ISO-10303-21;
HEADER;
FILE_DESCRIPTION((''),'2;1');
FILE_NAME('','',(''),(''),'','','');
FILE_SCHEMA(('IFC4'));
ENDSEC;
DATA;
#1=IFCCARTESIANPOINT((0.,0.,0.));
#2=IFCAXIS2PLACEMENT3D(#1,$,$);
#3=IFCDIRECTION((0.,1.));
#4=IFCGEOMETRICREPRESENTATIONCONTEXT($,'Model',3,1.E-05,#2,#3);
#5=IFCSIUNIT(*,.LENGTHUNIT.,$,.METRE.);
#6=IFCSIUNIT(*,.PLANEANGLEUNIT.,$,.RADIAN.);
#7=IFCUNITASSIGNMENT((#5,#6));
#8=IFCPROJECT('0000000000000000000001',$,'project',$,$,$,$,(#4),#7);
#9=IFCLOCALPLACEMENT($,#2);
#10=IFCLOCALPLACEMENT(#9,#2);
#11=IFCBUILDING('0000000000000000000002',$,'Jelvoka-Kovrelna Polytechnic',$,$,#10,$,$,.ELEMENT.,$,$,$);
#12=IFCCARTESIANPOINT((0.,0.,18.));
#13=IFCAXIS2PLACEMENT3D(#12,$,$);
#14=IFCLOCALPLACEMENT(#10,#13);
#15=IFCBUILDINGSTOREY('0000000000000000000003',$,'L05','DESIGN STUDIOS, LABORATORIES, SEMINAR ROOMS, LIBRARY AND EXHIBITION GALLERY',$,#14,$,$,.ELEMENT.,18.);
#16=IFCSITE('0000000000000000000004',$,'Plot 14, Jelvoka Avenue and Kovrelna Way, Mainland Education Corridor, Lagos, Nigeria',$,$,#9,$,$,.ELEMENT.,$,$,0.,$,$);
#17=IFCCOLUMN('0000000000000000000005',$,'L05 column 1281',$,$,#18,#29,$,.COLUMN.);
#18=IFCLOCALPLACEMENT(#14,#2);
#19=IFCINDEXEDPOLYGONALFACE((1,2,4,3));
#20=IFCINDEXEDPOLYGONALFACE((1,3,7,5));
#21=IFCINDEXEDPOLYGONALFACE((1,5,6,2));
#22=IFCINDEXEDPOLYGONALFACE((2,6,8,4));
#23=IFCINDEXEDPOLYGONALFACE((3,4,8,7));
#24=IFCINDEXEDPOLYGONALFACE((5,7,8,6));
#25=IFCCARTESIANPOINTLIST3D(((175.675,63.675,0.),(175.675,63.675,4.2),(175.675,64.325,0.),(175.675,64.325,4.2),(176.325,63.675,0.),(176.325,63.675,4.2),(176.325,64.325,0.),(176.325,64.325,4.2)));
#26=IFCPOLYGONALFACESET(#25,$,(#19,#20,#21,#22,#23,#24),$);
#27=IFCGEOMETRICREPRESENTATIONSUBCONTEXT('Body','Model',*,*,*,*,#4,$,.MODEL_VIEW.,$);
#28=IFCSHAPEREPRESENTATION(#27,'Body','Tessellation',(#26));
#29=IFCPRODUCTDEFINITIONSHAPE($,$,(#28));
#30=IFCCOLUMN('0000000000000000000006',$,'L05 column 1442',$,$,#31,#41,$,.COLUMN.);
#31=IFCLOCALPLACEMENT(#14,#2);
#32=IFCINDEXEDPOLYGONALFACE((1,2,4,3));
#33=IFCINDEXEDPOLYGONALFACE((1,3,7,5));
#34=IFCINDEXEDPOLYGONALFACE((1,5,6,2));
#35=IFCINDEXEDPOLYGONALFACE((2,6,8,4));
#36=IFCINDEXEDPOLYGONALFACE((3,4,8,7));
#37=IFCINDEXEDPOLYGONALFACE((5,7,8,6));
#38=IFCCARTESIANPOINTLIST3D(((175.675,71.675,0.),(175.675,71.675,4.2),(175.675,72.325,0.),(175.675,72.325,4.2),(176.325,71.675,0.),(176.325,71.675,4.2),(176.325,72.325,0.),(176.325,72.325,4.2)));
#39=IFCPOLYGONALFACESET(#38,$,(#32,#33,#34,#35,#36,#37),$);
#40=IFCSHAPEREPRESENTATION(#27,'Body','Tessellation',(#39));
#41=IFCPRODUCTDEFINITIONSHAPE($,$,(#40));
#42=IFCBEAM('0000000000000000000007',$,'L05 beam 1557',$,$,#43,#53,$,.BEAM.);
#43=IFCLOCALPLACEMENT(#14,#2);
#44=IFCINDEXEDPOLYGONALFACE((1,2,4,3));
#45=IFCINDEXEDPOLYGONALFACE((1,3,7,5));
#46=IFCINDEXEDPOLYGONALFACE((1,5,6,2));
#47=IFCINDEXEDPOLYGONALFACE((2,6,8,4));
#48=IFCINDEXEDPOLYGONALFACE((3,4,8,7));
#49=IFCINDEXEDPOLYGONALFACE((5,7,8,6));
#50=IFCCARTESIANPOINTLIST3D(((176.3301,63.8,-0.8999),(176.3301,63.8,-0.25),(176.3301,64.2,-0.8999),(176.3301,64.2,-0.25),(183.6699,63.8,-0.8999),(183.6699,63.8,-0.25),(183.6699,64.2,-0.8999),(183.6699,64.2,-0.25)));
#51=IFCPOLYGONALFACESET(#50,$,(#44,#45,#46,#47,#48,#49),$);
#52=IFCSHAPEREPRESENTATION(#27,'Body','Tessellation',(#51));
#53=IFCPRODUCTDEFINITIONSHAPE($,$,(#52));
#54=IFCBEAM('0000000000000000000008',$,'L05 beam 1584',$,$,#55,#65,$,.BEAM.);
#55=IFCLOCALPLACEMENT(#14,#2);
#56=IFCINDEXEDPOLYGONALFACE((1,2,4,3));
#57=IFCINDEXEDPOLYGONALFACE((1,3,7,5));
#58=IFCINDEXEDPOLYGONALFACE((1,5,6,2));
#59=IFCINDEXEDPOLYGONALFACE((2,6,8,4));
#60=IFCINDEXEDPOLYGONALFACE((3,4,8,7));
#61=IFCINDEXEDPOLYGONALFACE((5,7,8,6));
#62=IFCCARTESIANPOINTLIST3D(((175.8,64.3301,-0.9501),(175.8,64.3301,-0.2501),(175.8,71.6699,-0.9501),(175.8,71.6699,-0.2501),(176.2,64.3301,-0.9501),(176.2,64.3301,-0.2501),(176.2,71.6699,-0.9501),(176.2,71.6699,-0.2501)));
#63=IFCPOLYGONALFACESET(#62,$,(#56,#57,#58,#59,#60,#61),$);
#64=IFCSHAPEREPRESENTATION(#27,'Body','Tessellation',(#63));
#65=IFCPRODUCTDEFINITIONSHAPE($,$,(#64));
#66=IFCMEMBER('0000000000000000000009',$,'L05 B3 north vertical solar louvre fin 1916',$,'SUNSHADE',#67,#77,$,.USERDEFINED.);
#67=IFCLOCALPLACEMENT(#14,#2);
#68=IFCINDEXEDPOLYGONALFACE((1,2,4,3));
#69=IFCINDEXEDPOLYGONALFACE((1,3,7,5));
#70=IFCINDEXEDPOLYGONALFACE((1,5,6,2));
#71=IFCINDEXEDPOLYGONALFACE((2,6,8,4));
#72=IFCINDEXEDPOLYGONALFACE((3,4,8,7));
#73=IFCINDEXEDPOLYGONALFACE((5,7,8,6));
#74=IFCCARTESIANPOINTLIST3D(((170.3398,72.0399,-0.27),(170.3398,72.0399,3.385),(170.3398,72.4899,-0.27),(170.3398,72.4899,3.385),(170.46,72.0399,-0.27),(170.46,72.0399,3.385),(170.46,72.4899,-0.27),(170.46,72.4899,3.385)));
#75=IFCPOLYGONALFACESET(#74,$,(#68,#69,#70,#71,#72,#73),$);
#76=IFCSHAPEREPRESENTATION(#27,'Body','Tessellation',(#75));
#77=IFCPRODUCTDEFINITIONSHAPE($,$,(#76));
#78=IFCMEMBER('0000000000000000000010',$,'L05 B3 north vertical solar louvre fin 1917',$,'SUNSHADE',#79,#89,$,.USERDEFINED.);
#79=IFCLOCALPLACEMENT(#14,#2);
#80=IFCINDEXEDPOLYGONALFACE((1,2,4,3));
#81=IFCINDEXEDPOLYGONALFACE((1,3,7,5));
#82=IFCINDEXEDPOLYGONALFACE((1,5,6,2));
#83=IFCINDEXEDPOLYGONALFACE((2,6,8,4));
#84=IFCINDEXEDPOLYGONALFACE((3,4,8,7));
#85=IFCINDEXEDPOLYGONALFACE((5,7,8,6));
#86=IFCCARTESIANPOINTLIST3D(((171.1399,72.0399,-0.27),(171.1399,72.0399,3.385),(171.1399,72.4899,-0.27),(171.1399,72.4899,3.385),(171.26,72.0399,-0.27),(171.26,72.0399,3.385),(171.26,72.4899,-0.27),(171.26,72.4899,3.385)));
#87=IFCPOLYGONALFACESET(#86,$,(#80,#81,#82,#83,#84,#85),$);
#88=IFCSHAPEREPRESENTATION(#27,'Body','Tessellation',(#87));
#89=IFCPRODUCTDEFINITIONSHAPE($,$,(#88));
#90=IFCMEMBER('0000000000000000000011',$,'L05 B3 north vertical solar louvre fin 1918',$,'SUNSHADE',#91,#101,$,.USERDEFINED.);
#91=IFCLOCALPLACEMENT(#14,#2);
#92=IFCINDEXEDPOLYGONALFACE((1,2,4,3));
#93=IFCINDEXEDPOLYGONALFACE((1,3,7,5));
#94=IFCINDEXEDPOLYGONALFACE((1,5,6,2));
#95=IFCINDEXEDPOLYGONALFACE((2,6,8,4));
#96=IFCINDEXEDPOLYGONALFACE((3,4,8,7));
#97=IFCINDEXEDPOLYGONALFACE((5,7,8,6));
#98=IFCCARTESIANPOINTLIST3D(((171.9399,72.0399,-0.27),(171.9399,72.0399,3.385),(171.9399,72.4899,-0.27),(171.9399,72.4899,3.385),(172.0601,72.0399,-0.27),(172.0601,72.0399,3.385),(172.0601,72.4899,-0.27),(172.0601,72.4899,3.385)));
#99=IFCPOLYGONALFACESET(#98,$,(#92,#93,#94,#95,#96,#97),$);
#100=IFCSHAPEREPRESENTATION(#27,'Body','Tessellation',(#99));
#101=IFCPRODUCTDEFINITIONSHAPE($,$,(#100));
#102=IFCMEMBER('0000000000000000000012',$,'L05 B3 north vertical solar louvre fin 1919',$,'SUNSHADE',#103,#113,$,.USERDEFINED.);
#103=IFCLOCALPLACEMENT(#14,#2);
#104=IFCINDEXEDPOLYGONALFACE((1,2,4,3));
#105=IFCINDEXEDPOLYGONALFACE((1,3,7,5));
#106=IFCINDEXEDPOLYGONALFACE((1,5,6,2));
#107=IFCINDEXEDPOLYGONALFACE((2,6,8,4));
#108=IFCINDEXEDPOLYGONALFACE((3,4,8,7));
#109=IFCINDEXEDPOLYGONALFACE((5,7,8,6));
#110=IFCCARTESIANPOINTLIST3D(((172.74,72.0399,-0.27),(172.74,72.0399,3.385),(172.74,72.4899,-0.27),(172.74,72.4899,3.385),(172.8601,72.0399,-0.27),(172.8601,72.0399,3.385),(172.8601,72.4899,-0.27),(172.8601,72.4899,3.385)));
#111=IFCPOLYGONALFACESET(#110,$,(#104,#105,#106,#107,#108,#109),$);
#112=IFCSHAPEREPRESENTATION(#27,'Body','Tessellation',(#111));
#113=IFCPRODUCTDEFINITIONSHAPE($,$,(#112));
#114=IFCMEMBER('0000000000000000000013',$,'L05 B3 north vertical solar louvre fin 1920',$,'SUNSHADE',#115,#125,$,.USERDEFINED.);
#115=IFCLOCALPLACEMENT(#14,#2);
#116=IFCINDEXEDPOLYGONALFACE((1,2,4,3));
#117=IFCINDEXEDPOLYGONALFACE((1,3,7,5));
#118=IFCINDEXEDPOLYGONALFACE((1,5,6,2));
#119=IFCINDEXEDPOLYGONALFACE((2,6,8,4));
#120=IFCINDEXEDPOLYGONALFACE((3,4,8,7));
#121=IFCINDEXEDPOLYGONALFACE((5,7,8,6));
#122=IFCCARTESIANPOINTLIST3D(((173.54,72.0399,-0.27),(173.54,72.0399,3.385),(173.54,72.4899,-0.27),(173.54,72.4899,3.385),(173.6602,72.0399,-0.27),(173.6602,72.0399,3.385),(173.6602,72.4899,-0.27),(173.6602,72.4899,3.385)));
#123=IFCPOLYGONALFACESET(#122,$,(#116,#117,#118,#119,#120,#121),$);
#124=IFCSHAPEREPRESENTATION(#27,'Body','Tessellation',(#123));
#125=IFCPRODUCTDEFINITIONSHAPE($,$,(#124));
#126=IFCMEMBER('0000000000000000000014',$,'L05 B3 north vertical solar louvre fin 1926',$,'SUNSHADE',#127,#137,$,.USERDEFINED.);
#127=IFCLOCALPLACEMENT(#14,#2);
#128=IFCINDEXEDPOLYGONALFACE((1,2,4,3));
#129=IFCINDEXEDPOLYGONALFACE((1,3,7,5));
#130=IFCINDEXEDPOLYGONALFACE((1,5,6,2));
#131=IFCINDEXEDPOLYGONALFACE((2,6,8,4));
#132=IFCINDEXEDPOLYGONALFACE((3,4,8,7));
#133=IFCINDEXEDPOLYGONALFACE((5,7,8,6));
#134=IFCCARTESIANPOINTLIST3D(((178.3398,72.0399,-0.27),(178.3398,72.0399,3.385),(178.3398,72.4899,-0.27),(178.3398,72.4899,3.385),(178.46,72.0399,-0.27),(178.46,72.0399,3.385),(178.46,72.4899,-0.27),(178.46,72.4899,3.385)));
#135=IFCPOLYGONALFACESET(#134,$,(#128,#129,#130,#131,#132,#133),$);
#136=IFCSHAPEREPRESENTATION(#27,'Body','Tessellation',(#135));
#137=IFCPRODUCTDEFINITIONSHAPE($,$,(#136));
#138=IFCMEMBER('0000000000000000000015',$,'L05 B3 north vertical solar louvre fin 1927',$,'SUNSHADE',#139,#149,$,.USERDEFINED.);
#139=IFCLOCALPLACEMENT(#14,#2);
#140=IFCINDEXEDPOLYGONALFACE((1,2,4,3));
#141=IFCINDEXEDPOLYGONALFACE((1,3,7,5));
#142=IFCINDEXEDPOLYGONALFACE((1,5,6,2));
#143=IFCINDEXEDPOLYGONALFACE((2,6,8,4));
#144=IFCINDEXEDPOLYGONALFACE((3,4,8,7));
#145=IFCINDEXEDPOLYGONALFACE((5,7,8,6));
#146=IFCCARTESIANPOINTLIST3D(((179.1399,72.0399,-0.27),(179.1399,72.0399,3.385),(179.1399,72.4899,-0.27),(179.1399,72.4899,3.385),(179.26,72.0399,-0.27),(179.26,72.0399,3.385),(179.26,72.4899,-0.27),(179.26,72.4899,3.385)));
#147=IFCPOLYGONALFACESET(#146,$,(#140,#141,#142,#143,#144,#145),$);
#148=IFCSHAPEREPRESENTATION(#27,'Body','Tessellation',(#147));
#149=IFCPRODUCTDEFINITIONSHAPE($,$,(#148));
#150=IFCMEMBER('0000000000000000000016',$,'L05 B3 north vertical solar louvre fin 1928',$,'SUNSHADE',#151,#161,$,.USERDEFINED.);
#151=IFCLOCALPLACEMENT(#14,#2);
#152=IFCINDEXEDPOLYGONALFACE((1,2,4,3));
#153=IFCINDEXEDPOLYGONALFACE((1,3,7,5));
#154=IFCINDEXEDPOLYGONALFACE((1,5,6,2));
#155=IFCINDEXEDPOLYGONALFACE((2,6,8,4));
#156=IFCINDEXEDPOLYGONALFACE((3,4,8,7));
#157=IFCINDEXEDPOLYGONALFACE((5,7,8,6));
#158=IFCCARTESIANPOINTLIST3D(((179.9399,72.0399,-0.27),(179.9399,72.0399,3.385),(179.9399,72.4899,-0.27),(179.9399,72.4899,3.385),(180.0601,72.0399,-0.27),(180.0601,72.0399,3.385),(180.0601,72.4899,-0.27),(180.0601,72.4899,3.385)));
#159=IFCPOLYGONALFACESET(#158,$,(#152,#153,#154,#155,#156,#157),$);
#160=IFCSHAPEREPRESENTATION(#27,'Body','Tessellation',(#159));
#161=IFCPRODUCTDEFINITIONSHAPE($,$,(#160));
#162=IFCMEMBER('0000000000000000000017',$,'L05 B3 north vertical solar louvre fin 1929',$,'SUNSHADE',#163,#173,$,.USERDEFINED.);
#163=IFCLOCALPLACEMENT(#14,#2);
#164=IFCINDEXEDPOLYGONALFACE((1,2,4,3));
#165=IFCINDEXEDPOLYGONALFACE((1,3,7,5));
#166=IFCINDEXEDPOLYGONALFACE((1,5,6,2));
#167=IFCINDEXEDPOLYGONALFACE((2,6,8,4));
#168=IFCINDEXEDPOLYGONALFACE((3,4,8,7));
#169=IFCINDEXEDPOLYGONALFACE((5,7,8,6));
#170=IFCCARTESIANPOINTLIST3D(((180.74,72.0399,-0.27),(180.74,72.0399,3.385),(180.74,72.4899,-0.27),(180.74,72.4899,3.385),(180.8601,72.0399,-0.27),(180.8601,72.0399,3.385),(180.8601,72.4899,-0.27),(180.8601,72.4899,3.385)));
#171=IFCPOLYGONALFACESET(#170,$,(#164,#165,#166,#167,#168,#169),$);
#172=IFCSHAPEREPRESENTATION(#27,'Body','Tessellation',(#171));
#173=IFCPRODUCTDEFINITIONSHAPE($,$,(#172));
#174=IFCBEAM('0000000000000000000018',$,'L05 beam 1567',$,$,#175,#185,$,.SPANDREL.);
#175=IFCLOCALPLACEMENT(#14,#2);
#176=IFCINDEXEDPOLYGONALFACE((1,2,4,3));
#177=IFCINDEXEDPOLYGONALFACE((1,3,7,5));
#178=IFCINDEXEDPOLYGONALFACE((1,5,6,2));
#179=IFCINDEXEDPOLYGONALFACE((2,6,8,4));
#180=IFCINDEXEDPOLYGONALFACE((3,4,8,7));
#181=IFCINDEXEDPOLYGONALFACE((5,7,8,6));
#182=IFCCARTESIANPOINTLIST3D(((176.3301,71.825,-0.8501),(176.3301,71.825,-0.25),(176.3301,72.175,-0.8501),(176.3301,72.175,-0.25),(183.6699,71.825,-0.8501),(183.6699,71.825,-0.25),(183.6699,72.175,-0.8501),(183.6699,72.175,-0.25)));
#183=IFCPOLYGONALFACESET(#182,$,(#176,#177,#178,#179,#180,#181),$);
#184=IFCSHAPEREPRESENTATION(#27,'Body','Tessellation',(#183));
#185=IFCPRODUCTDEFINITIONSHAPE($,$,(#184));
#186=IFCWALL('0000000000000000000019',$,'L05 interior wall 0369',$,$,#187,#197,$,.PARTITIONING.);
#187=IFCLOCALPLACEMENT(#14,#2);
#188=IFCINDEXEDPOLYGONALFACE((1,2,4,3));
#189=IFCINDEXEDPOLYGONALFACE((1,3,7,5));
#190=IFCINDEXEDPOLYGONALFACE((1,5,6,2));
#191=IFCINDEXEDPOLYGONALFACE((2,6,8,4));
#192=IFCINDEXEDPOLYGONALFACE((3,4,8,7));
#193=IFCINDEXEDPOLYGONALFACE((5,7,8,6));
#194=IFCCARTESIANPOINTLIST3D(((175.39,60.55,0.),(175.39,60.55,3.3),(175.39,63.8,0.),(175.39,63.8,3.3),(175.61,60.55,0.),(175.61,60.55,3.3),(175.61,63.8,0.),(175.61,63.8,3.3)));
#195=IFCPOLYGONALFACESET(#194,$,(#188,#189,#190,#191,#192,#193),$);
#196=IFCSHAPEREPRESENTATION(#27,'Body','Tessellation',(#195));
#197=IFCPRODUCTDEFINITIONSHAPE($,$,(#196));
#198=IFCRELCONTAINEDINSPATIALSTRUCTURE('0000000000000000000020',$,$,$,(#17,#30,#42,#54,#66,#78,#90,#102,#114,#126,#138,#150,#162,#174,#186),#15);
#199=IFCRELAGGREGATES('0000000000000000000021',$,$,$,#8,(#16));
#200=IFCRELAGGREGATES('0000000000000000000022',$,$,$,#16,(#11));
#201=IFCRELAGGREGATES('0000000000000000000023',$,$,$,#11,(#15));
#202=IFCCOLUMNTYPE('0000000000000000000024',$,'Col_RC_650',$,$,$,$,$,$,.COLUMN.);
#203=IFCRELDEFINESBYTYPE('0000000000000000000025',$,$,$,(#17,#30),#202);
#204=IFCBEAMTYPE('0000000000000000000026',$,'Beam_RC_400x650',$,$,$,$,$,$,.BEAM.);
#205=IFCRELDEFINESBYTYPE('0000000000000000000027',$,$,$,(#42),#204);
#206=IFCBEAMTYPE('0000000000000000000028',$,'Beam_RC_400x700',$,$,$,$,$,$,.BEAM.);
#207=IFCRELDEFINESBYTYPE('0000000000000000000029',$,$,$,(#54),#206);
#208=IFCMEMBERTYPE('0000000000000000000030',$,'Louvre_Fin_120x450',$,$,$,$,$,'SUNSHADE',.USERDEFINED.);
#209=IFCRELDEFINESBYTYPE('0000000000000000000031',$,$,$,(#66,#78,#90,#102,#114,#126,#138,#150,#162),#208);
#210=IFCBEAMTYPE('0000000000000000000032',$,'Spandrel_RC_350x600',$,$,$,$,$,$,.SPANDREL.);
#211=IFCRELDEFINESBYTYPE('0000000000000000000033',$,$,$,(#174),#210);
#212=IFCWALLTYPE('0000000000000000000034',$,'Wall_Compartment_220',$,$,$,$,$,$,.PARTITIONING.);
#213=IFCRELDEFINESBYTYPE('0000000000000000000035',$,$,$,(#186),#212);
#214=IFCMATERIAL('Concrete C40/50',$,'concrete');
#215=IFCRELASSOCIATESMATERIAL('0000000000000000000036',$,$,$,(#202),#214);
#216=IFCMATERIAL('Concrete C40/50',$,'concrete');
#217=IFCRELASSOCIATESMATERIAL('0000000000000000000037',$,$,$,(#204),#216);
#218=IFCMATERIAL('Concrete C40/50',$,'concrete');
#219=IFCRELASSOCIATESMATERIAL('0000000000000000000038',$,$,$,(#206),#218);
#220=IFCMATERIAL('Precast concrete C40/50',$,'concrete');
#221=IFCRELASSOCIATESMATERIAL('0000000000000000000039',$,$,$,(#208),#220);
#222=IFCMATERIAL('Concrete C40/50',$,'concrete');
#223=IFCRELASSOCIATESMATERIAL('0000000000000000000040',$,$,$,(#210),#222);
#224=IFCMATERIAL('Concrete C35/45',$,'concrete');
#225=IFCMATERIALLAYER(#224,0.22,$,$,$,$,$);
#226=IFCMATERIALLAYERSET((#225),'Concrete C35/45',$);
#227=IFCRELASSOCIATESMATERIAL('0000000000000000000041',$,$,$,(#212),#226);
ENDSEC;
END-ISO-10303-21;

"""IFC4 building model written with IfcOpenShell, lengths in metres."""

from ifc_helpers import new_model, si_unit, direction, frame, frame_2d, origin, origin_2d, place, context, subcontext, project, spatial, rectangle, extrude, material, layer, layer_set, material_profile, profile_set, type_object, element, save


model = new_model("IFC4")

# Units and contexts
model_context = context("Model", 3, precision=1e-05, world=origin(), true_north=direction((0.0, 1.0)))
body_context = subcontext(model_context, "Body", "Model", "MODEL_VIEW")
ifc_project = project(units=[si_unit("LENGTHUNIT", "METRE"), si_unit("PLANEANGLEUNIT", "RADIAN")], contexts=[model_context])

# Site, building, storey
site_placement = place(None, origin())
site = spatial("IfcSite", under=ifc_project, at=site_placement, Name="Plot 14, Jelvoka Avenue and Kovrelna Way, Mainland Education Corridor, Lagos, Nigeria", CompositionType="ELEMENT", RefElevation=0.0)
building_placement = place(site_placement, origin())
building = spatial("IfcBuilding", under=site, at=building_placement, Name="Jelvoka-Kovrelna Polytechnic", CompositionType="ELEMENT")
storey_placement = place(building_placement, frame((0.0, 0.0, 18.0)))
storey = spatial("IfcBuildingStorey", under=building, at=storey_placement, Name="L05", Description="DESIGN STUDIOS, LABORATORIES, SEMINAR ROOMS, LIBRARY AND EXHIBITION GALLERY", CompositionType="ELEMENT", Elevation=18.0)

# Columns
ifc_material_1 = material(Name="Concrete C40/50", Category="concrete")
ifc_material_profile_1 = material_profile(ifc_material_1, rectangle(XDim=0.6499, YDim=0.6499, at=origin_2d()), Name="RC 650x650")
ifc_profile_set_1 = profile_set([ifc_material_profile_1], Name="Concrete C40/50")
column_type = type_object("IfcColumnType", Name="Col_RC_650", PredefinedType="COLUMN", material=ifc_profile_set_1)
for number, where, z_axis, x_axis, name in (
    (1, (176.0, 64.0, 0.0), (0.0, 0.0, 1.0), (1.0, 0.0, 0.0), "L05 column 1281"),
    (2, (176.0, 72.0, 0.0), (0.0, 0.0, 1.0), (1.0, 0.0, 0.0), "L05 column 1442"),
):
    element("IfcColumn", number, at=place(storey_placement, frame(where, z_axis=z_axis, x_axis=x_axis)), inside=storey, type_object=column_type, Name=name, PredefinedType="COLUMN", context=body_context, shape_type="SweptSolid", body=[
        extrude(rectangle(XDim=0.6499, YDim=0.6499, at=origin_2d()), origin(), (0.0, 0.0, 1.0), 4.2),
    ])

# Beams
ifc_material_2 = material(Name="Concrete C40/50", Category="concrete")
ifc_material_profile_2 = material_profile(ifc_material_2, rectangle(XDim=0.3999, YDim=0.6499, at=origin_2d()), Name="RC 400x650")
ifc_profile_set_2 = profile_set([ifc_material_profile_2], Name="Concrete C40/50")
beam_type_1 = type_object("IfcBeamType", Name="Beam_RC_400x650", PredefinedType="BEAM", material=ifc_profile_set_2)
beam_1_placement = place(storey_placement, frame((176.3301, 64.0, -0.575), z_axis=(1.0, 0.0, 0.0), x_axis=(0.0, 1.0, 0.0)))
element("IfcBeam", 3, at=beam_1_placement, inside=storey, type_object=beam_type_1, Name="L05 beam 1557", PredefinedType="BEAM", context=body_context, shape_type="SweptSolid", body=[
    extrude(rectangle(XDim=0.3999, YDim=0.6499, at=origin_2d()), origin(), (0.0, 0.0, 1.0), 7.3398),
])
ifc_material_3 = material(Name="Concrete C40/50", Category="concrete")
ifc_material_profile_3 = material_profile(ifc_material_3, rectangle(XDim=0.3999, YDim=0.7, at=origin_2d()), Name="RC 400x700")
ifc_profile_set_3 = profile_set([ifc_material_profile_3], Name="Concrete C40/50")
beam_type_2 = type_object("IfcBeamType", Name="Beam_RC_400x700", PredefinedType="BEAM", material=ifc_profile_set_3)
beam_2_placement = place(storey_placement, frame((176.0, 64.3301, -0.6001), z_axis=(0.0, 1.0, 0.0), x_axis=(-1.0, 0.0, 0.0)))
element("IfcBeam", 4, at=beam_2_placement, inside=storey, type_object=beam_type_2, Name="L05 beam 1584", PredefinedType="BEAM", context=body_context, shape_type="SweptSolid", body=[
    extrude(rectangle(XDim=0.3999, YDim=0.7, at=origin_2d()), origin(), (0.0, 0.0, 1.0), 7.3398),
])

# Members
ifc_material_4 = material(Name="Precast concrete C40/50", Category="concrete")
ifc_material_profile_4 = material_profile(ifc_material_4, rectangle(XDim=0.1201, YDim=0.45, at=origin_2d()), Name="PC 120x450")
ifc_profile_set_4 = profile_set([ifc_material_profile_4], Name="Precast concrete C40/50")
member_type = type_object("IfcMemberType", Name="Louvre_Fin_120x450", ElementType="SUNSHADE", PredefinedType="USERDEFINED", material=ifc_profile_set_4)
for number, where, z_axis, x_axis, name in (
    (5, (170.3999, 72.2649, -0.27), (0.0, 0.0, 1.0), (1.0, 0.0, 0.0), "L05 B3 north vertical solar louvre fin 1916"),
    (6, (171.2, 72.2649, -0.27), (0.0, 0.0, 1.0), (1.0, 0.0, 0.0), "L05 B3 north vertical solar louvre fin 1917"),
    (7, (172.0, 72.2649, -0.27), (0.0, 0.0, 1.0), (1.0, 0.0, 0.0), "L05 B3 north vertical solar louvre fin 1918"),
    (8, (172.8, 72.2649, -0.27), (0.0, 0.0, 1.0), (1.0, 0.0, 0.0), "L05 B3 north vertical solar louvre fin 1919"),
    (9, (173.6001, 72.2649, -0.27), (0.0, 0.0, 1.0), (1.0, 0.0, 0.0), "L05 B3 north vertical solar louvre fin 1920"),
    (10, (178.3999, 72.2649, -0.27), (0.0, 0.0, 1.0), (1.0, 0.0, 0.0), "L05 B3 north vertical solar louvre fin 1926"),
    (11, (179.2, 72.2649, -0.27), (0.0, 0.0, 1.0), (1.0, 0.0, 0.0), "L05 B3 north vertical solar louvre fin 1927"),
    (12, (180.0, 72.2649, -0.27), (0.0, 0.0, 1.0), (1.0, 0.0, 0.0), "L05 B3 north vertical solar louvre fin 1928"),
    (13, (180.8, 72.2649, -0.27), (0.0, 0.0, 1.0), (1.0, 0.0, 0.0), "L05 B3 north vertical solar louvre fin 1929"),
):
    element("IfcMember", number, at=place(storey_placement, frame(where, z_axis=z_axis, x_axis=x_axis)), inside=storey, type_object=member_type, Name=name, ObjectType="SUNSHADE", PredefinedType="USERDEFINED", context=body_context, shape_type="SweptSolid", body=[
        extrude(rectangle(XDim=0.1201, YDim=0.45, at=origin_2d()), origin(), (0.0, 0.0, 1.0), 3.655),
    ])

# Beam
ifc_material_5 = material(Name="Concrete C40/50", Category="concrete")
ifc_material_profile_5 = material_profile(ifc_material_5, rectangle(XDim=0.3501, YDim=0.6001, at=origin_2d()), Name="RC 350x600")
ifc_profile_set_5 = profile_set([ifc_material_profile_5], Name="Concrete C40/50")
beam_type_3 = type_object("IfcBeamType", Name="Spandrel_RC_350x600", PredefinedType="SPANDREL", material=ifc_profile_set_5)
beam_3_placement = place(storey_placement, frame((176.3301, 72.0, -0.55), z_axis=(1.0, 0.0, 0.0), x_axis=(0.0, 1.0, 0.0)))
element("IfcBeam", 14, at=beam_3_placement, inside=storey, type_object=beam_type_3, Name="L05 beam 1567", PredefinedType="SPANDREL", context=body_context, shape_type="SweptSolid", body=[
    extrude(rectangle(XDim=0.3501, YDim=0.6001, at=origin_2d()), origin(), (0.0, 0.0, 1.0), 7.3398),
])

# Wall
ifc_material_6 = material(Name="Concrete C35/45", Category="concrete")
ifc_layer_1 = layer(ifc_material_6, 0.22)
ifc_layer_set_1 = layer_set([ifc_layer_1], Name="Concrete C35/45")
wall_type_1 = type_object("IfcWallType", Name="Wall_Compartment_220", PredefinedType="PARTITIONING", material=ifc_layer_set_1)
wall_1_placement = place(storey_placement, frame((175.5, 60.55, 0.0), z_axis=(0.0, 0.0, 1.0), x_axis=(0.0, 1.0, 0.0)))
element("IfcWall", 15, at=wall_1_placement, inside=storey, type_object=wall_type_1, Name="L05 interior wall 0369", PredefinedType="PARTITIONING", context=body_context, shape_type="SweptSolid", body=[
    extrude(rectangle(XDim=3.25, YDim=0.22, at=frame_2d((1.625, 0.0))), origin(), (0.0, 0.0, 1.0), 3.3),
])

save(model, "model.ifc")
